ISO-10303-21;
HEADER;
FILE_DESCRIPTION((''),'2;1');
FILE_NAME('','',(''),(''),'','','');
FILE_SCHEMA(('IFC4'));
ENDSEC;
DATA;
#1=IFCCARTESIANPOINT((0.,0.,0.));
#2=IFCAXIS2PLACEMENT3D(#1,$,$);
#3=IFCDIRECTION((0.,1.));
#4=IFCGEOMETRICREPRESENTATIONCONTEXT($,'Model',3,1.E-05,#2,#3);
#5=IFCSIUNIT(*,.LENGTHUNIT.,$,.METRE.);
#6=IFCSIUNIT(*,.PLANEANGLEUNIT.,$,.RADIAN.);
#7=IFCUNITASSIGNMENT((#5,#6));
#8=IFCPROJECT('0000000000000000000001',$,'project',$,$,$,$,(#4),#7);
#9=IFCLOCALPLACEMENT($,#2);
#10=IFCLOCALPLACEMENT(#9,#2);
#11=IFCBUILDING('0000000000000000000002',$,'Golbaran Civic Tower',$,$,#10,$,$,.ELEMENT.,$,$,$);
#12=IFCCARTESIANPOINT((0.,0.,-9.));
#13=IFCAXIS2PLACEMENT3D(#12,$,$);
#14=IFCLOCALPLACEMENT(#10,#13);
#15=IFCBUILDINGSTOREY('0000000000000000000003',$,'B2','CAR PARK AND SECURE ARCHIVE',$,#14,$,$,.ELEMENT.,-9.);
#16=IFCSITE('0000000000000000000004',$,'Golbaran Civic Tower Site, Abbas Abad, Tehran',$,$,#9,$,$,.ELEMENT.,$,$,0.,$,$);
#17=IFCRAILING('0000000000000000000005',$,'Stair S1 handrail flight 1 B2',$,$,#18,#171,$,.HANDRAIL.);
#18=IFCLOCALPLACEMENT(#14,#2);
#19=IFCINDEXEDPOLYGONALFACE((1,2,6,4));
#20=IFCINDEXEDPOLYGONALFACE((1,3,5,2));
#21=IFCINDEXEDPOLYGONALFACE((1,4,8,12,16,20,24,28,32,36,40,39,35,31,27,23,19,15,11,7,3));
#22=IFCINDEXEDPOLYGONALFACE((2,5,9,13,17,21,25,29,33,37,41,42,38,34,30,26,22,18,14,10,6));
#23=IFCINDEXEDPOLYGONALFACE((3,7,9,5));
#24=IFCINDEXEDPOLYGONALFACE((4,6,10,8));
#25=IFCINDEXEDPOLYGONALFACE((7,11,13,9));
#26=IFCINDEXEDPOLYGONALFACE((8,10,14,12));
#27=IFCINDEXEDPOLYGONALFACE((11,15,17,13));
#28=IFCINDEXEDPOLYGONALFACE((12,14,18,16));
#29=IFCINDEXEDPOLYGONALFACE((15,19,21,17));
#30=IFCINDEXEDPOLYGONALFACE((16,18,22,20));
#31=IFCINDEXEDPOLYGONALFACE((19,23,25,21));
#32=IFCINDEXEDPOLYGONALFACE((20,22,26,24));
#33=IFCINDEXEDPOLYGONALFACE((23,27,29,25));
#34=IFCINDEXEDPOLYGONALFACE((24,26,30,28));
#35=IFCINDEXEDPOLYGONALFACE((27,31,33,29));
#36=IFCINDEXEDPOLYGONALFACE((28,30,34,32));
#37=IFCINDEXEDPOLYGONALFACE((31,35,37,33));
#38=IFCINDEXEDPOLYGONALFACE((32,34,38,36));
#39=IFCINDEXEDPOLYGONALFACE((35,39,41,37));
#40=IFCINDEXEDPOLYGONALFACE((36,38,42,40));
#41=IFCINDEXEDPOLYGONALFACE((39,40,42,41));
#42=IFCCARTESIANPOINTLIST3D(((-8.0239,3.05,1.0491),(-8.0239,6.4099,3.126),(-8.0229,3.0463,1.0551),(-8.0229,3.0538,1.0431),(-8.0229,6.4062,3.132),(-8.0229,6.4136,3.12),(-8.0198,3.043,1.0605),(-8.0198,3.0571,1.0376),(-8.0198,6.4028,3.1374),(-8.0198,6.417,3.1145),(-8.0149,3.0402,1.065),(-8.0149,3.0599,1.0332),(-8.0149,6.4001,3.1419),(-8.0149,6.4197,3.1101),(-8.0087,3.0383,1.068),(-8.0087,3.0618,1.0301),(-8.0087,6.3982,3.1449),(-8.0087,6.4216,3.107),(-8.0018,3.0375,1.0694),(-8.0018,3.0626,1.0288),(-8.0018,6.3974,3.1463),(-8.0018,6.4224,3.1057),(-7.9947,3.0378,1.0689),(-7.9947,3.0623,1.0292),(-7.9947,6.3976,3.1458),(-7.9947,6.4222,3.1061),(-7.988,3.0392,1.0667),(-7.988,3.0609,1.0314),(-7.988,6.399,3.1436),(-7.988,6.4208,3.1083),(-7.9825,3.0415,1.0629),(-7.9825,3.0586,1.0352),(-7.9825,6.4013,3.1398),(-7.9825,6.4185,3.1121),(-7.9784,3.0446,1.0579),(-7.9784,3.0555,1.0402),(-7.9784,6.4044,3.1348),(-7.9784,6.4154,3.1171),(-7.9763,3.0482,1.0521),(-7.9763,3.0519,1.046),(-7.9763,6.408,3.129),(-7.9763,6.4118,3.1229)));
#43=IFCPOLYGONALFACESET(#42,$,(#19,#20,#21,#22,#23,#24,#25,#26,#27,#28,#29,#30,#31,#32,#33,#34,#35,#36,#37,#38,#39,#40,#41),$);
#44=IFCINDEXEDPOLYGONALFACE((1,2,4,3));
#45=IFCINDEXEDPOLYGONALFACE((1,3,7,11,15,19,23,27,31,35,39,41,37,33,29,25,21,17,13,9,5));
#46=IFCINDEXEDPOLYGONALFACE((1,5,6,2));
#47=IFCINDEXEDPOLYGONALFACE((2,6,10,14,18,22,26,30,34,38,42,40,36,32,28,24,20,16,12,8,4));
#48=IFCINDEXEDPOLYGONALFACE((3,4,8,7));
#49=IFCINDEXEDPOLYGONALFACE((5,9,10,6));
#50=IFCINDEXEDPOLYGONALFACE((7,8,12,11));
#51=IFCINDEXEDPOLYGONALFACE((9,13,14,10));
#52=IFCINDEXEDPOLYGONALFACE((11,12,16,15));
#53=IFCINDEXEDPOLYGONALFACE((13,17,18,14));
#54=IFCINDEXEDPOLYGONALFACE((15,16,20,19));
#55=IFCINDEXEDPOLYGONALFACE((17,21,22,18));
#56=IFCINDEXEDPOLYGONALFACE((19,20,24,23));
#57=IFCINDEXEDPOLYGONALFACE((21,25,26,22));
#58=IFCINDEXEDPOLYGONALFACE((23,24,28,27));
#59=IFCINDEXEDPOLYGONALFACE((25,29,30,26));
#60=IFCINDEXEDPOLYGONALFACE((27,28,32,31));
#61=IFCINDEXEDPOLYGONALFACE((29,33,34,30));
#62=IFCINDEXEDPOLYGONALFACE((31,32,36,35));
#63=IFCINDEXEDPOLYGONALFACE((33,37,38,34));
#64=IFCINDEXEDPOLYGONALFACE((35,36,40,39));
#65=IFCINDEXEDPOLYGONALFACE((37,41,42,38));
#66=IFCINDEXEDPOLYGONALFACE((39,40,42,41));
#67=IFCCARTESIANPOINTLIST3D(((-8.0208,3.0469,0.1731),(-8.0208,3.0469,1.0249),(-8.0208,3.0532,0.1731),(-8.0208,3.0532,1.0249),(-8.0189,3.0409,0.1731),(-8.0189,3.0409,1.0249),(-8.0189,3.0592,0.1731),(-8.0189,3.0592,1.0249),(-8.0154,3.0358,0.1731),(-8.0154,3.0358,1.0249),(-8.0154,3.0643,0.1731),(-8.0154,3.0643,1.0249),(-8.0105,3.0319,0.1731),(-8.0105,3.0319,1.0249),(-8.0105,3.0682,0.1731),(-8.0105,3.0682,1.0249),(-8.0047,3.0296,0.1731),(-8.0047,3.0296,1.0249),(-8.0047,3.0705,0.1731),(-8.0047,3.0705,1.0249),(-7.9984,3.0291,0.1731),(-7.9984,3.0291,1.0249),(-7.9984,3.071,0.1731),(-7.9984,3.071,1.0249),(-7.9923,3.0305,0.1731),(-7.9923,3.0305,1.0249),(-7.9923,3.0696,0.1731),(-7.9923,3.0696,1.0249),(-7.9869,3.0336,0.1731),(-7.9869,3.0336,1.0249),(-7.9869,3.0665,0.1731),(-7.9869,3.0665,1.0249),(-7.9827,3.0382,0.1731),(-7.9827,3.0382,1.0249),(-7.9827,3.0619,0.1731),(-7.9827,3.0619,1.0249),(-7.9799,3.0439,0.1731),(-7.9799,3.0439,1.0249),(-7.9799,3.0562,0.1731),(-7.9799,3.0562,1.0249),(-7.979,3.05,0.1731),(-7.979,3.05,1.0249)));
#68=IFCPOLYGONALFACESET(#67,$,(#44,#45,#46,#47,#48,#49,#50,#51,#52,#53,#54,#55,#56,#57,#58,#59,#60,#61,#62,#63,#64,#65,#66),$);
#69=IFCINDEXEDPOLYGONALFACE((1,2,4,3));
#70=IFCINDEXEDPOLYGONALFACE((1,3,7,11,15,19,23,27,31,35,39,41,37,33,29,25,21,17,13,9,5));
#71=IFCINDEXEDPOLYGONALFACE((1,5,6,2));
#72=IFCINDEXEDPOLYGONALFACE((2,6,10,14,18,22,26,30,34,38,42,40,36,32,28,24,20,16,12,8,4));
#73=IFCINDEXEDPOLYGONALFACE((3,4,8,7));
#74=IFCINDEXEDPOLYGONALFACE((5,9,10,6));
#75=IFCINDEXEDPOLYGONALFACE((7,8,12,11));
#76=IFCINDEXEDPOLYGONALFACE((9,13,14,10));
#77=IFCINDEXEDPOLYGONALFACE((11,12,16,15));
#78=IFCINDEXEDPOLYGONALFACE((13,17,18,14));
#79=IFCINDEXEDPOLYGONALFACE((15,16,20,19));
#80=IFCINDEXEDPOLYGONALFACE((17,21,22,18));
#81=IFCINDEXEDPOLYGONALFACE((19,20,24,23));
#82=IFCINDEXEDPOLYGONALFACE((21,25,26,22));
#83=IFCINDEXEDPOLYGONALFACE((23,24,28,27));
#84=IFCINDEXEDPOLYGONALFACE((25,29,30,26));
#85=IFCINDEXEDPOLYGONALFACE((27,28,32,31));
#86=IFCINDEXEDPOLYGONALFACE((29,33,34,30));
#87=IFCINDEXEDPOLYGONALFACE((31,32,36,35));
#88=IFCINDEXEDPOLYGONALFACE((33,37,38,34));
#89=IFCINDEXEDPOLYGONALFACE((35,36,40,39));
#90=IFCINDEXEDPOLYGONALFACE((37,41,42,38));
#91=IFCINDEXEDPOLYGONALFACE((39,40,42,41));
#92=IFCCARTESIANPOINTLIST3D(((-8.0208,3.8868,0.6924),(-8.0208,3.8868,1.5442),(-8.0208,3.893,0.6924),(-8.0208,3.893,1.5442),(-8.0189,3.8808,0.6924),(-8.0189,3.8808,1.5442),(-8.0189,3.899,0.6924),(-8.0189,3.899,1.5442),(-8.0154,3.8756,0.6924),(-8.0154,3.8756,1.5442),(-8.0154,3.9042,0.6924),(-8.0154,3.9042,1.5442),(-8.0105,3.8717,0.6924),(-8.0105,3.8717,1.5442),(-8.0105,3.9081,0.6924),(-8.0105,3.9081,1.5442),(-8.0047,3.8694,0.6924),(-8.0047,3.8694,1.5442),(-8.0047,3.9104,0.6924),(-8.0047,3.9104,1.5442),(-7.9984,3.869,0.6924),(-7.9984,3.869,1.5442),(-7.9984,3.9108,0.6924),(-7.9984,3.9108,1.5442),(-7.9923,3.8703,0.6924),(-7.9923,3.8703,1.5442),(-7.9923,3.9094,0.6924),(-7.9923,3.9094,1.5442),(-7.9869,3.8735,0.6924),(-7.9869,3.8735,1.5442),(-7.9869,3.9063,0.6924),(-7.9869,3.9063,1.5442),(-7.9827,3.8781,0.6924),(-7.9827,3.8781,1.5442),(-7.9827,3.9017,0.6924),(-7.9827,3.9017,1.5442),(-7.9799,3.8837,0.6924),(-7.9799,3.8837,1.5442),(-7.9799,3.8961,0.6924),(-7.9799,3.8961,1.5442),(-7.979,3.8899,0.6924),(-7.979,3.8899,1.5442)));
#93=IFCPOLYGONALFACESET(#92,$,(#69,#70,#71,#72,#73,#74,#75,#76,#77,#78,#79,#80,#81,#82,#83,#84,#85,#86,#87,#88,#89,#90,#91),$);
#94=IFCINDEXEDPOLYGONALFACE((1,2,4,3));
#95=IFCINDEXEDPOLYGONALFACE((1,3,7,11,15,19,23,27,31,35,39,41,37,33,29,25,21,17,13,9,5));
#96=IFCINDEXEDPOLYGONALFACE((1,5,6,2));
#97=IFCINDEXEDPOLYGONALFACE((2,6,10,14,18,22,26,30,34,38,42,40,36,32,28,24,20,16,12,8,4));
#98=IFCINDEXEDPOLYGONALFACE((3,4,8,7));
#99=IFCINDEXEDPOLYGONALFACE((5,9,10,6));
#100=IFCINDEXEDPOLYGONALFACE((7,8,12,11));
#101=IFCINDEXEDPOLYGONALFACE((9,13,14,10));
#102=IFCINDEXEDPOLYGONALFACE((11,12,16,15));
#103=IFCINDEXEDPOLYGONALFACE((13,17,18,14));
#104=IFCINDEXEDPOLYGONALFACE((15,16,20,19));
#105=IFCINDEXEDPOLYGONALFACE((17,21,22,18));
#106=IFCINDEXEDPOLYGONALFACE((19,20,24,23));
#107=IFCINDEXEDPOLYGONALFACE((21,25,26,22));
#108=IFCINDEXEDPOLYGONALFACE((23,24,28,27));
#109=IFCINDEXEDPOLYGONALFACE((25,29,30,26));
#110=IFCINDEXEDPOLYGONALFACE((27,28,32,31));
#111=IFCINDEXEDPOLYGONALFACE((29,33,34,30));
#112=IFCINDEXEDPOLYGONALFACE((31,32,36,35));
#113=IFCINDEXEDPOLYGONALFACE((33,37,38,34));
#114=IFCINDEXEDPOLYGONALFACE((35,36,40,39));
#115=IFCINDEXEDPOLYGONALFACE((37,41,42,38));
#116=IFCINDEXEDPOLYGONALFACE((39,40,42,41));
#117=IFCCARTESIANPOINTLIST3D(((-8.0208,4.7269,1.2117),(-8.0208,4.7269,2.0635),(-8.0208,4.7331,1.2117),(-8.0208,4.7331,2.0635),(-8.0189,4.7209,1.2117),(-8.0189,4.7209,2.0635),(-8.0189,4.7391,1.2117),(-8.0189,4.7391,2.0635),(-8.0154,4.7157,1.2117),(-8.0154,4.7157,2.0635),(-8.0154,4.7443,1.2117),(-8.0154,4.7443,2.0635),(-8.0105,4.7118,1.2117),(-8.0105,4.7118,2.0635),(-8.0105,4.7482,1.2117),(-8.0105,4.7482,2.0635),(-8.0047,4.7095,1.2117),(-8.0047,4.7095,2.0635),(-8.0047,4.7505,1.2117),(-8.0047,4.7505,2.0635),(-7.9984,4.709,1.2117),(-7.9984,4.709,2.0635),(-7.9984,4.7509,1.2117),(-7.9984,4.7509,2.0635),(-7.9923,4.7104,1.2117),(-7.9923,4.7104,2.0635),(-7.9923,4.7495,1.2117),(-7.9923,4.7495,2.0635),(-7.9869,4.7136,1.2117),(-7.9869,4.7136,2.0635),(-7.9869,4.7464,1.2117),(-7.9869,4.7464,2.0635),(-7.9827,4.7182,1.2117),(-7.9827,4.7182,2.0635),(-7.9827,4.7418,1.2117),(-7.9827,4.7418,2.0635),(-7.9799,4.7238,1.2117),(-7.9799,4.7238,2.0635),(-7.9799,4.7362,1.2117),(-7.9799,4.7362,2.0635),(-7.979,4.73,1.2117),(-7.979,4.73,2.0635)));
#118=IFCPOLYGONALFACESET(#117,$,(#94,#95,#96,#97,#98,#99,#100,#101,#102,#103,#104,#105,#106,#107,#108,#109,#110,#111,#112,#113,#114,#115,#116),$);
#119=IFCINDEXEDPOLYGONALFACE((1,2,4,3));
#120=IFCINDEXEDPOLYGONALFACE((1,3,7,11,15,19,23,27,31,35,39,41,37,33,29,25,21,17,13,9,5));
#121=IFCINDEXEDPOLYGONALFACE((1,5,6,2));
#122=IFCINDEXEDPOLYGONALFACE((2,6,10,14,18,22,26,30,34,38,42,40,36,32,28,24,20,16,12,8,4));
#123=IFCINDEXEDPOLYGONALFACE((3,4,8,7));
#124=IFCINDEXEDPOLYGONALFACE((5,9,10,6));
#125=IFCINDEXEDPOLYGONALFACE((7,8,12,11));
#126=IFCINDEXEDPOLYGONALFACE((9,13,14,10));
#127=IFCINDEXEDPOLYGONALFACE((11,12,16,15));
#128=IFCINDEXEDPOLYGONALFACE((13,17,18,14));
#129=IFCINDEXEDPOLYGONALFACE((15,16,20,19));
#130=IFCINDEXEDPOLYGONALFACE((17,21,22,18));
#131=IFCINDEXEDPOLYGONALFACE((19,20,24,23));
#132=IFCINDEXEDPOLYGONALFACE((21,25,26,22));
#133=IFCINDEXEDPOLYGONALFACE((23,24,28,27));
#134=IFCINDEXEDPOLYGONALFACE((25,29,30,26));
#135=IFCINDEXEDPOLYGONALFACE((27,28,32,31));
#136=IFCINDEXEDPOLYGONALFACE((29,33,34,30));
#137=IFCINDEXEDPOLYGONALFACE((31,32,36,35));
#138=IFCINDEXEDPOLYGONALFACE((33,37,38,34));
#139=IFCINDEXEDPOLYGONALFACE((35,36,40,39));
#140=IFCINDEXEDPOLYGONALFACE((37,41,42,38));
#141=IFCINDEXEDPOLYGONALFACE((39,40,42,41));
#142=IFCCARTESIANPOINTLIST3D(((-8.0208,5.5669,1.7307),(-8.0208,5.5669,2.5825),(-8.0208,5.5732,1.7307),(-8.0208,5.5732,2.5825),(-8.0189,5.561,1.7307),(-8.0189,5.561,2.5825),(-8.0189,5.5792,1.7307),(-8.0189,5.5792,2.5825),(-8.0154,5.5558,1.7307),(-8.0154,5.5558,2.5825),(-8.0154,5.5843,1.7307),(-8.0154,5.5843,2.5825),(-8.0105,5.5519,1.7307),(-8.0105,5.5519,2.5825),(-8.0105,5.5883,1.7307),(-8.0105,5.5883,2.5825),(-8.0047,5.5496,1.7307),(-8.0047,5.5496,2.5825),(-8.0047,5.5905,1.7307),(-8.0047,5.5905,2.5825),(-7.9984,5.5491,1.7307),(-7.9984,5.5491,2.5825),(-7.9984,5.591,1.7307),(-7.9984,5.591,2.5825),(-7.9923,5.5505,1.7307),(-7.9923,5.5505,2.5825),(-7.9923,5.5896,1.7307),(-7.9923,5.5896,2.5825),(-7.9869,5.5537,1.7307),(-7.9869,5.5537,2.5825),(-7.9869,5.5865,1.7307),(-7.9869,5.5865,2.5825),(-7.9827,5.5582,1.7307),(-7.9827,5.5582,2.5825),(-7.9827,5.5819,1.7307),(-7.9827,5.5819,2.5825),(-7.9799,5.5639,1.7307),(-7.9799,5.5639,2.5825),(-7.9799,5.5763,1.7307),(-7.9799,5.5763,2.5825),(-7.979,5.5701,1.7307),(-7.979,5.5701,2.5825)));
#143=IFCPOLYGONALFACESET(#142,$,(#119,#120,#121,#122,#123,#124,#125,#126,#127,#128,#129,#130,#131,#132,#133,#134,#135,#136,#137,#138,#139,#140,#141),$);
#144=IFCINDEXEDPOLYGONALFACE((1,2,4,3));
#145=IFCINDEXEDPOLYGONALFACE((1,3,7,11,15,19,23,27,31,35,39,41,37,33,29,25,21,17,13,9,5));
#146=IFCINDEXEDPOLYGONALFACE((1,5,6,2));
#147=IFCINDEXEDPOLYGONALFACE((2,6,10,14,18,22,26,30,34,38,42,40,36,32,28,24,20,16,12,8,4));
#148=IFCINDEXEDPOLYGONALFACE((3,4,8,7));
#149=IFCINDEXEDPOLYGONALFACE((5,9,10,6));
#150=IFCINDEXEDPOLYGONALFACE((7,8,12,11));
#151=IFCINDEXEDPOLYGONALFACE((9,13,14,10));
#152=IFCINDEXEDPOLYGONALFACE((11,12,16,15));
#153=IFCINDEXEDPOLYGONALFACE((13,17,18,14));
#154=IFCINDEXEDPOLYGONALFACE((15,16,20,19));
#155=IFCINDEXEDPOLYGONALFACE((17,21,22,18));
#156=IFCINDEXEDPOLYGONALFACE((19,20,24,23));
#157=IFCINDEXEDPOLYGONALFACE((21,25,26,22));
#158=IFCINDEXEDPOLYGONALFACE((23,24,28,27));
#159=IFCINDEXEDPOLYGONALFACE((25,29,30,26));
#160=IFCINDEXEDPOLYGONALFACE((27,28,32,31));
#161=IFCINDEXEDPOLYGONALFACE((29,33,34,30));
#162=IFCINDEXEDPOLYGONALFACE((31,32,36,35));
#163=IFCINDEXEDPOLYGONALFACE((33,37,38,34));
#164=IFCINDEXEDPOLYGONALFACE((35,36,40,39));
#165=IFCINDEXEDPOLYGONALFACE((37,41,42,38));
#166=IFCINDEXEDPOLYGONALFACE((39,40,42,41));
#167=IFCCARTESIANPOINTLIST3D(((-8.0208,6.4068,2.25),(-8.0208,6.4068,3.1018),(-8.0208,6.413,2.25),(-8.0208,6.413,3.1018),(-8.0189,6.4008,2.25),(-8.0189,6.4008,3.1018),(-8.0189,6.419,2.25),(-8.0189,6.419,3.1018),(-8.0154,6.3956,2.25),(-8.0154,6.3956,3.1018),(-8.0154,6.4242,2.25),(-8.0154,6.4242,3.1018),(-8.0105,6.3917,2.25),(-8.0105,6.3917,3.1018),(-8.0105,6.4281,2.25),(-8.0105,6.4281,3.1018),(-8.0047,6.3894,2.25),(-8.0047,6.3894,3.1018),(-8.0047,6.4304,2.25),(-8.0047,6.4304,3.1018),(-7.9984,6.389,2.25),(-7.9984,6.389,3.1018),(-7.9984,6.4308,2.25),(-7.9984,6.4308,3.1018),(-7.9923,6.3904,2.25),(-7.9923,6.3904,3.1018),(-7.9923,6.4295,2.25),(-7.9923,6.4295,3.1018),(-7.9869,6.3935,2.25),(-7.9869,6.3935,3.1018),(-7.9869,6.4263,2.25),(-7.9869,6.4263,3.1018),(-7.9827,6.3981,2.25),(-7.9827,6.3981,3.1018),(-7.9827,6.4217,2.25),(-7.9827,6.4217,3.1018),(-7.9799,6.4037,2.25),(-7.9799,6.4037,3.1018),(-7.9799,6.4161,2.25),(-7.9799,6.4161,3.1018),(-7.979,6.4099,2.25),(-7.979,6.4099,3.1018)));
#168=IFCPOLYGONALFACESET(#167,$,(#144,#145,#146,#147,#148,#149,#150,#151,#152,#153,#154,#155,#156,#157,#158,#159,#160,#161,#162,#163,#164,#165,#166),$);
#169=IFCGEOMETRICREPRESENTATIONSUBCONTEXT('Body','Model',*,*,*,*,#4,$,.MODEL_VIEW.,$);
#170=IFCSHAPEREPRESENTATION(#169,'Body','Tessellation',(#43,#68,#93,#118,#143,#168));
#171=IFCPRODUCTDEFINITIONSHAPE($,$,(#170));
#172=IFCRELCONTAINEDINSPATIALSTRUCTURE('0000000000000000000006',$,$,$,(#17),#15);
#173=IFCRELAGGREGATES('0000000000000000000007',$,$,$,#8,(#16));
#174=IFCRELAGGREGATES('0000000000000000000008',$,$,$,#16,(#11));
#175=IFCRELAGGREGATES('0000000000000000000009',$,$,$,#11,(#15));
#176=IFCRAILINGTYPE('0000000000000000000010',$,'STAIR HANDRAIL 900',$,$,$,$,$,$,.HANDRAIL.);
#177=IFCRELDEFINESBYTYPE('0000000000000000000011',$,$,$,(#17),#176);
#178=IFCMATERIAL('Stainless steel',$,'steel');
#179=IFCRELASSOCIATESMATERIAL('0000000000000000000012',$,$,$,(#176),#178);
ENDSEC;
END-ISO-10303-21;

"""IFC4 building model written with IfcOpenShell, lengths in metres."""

from ifc_helpers import new_model, si_unit, direction, frame, origin, origin_2d, place, context, subcontext, project, spatial, circle, extrude, material, type_object, element, save


model = new_model("IFC4")

# Units and contexts
model_context = context("Model", 3, precision=1e-05, world=origin(), true_north=direction((0.0, 1.0)))
body_context = subcontext(model_context, "Body", "Model", "MODEL_VIEW")
ifc_project = project(units=[si_unit("LENGTHUNIT", "METRE"), si_unit("PLANEANGLEUNIT", "RADIAN")], contexts=[model_context])

# Site, building, storey
site_placement = place(None, origin())
site = spatial("IfcSite", under=ifc_project, at=site_placement, Name="Golbaran Civic Tower Site, Abbas Abad, Tehran", CompositionType="ELEMENT", RefElevation=0.0)
building_placement = place(site_placement, origin())
building = spatial("IfcBuilding", under=site, at=building_placement, Name="Golbaran Civic Tower", CompositionType="ELEMENT")
storey_placement = place(building_placement, frame((0.0, 0.0, -9.0)))
storey = spatial("IfcBuildingStorey", under=building, at=storey_placement, Name="B2", Description="CAR PARK AND SECURE ARCHIVE", CompositionType="ELEMENT", Elevation=-9.0)

# Shared definitions
ifc_material_1 = material(Name="Stainless steel", Category="steel")

# Railing
railing_type = type_object("IfcRailingType", Name="STAIR HANDRAIL 900", PredefinedType="HANDRAIL", material=ifc_material_1)
railing_1_placement = place(storey_placement, frame((-8.0, 3.05, 0.1731)))
element("IfcRailing", 1, at=railing_1_placement, inside=storey, type_object=railing_type, Name="Stair S1 handrail flight 1 B2", PredefinedType="HANDRAIL", context=body_context, shape_type="SweptSolid", body=[
    extrude(circle(Radius=0.0239, at=origin_2d()), frame((0.0, 0.0, 0.876), z_axis=(0.0, 0.850606, 0.525803), x_axis=(-1.0, 0.0, 0.0)), (0.0, 0.0, 1.0), 3.95),
    extrude(circle(Radius=0.021, at=origin_2d()), origin(), (0.0, 0.0, 1.0), 0.8518),
    extrude(circle(Radius=0.021, at=origin_2d()), frame((0.0, 0.8398, 0.5193)), (0.0, 0.0, 1.0), 0.8518),
    extrude(circle(Radius=0.021, at=origin_2d()), frame((0.0, 1.6799, 1.0386)), (0.0, 0.0, 1.0), 0.8518),
    extrude(circle(Radius=0.021, at=origin_2d()), frame((0.0, 2.52, 1.5576)), (0.0, 0.0, 1.0), 0.8518),
    extrude(circle(Radius=0.021, at=origin_2d()), frame((0.0, 3.3599, 2.0769)), (0.0, 0.0, 1.0), 0.8518),
])

save(model, "model.ifc")
